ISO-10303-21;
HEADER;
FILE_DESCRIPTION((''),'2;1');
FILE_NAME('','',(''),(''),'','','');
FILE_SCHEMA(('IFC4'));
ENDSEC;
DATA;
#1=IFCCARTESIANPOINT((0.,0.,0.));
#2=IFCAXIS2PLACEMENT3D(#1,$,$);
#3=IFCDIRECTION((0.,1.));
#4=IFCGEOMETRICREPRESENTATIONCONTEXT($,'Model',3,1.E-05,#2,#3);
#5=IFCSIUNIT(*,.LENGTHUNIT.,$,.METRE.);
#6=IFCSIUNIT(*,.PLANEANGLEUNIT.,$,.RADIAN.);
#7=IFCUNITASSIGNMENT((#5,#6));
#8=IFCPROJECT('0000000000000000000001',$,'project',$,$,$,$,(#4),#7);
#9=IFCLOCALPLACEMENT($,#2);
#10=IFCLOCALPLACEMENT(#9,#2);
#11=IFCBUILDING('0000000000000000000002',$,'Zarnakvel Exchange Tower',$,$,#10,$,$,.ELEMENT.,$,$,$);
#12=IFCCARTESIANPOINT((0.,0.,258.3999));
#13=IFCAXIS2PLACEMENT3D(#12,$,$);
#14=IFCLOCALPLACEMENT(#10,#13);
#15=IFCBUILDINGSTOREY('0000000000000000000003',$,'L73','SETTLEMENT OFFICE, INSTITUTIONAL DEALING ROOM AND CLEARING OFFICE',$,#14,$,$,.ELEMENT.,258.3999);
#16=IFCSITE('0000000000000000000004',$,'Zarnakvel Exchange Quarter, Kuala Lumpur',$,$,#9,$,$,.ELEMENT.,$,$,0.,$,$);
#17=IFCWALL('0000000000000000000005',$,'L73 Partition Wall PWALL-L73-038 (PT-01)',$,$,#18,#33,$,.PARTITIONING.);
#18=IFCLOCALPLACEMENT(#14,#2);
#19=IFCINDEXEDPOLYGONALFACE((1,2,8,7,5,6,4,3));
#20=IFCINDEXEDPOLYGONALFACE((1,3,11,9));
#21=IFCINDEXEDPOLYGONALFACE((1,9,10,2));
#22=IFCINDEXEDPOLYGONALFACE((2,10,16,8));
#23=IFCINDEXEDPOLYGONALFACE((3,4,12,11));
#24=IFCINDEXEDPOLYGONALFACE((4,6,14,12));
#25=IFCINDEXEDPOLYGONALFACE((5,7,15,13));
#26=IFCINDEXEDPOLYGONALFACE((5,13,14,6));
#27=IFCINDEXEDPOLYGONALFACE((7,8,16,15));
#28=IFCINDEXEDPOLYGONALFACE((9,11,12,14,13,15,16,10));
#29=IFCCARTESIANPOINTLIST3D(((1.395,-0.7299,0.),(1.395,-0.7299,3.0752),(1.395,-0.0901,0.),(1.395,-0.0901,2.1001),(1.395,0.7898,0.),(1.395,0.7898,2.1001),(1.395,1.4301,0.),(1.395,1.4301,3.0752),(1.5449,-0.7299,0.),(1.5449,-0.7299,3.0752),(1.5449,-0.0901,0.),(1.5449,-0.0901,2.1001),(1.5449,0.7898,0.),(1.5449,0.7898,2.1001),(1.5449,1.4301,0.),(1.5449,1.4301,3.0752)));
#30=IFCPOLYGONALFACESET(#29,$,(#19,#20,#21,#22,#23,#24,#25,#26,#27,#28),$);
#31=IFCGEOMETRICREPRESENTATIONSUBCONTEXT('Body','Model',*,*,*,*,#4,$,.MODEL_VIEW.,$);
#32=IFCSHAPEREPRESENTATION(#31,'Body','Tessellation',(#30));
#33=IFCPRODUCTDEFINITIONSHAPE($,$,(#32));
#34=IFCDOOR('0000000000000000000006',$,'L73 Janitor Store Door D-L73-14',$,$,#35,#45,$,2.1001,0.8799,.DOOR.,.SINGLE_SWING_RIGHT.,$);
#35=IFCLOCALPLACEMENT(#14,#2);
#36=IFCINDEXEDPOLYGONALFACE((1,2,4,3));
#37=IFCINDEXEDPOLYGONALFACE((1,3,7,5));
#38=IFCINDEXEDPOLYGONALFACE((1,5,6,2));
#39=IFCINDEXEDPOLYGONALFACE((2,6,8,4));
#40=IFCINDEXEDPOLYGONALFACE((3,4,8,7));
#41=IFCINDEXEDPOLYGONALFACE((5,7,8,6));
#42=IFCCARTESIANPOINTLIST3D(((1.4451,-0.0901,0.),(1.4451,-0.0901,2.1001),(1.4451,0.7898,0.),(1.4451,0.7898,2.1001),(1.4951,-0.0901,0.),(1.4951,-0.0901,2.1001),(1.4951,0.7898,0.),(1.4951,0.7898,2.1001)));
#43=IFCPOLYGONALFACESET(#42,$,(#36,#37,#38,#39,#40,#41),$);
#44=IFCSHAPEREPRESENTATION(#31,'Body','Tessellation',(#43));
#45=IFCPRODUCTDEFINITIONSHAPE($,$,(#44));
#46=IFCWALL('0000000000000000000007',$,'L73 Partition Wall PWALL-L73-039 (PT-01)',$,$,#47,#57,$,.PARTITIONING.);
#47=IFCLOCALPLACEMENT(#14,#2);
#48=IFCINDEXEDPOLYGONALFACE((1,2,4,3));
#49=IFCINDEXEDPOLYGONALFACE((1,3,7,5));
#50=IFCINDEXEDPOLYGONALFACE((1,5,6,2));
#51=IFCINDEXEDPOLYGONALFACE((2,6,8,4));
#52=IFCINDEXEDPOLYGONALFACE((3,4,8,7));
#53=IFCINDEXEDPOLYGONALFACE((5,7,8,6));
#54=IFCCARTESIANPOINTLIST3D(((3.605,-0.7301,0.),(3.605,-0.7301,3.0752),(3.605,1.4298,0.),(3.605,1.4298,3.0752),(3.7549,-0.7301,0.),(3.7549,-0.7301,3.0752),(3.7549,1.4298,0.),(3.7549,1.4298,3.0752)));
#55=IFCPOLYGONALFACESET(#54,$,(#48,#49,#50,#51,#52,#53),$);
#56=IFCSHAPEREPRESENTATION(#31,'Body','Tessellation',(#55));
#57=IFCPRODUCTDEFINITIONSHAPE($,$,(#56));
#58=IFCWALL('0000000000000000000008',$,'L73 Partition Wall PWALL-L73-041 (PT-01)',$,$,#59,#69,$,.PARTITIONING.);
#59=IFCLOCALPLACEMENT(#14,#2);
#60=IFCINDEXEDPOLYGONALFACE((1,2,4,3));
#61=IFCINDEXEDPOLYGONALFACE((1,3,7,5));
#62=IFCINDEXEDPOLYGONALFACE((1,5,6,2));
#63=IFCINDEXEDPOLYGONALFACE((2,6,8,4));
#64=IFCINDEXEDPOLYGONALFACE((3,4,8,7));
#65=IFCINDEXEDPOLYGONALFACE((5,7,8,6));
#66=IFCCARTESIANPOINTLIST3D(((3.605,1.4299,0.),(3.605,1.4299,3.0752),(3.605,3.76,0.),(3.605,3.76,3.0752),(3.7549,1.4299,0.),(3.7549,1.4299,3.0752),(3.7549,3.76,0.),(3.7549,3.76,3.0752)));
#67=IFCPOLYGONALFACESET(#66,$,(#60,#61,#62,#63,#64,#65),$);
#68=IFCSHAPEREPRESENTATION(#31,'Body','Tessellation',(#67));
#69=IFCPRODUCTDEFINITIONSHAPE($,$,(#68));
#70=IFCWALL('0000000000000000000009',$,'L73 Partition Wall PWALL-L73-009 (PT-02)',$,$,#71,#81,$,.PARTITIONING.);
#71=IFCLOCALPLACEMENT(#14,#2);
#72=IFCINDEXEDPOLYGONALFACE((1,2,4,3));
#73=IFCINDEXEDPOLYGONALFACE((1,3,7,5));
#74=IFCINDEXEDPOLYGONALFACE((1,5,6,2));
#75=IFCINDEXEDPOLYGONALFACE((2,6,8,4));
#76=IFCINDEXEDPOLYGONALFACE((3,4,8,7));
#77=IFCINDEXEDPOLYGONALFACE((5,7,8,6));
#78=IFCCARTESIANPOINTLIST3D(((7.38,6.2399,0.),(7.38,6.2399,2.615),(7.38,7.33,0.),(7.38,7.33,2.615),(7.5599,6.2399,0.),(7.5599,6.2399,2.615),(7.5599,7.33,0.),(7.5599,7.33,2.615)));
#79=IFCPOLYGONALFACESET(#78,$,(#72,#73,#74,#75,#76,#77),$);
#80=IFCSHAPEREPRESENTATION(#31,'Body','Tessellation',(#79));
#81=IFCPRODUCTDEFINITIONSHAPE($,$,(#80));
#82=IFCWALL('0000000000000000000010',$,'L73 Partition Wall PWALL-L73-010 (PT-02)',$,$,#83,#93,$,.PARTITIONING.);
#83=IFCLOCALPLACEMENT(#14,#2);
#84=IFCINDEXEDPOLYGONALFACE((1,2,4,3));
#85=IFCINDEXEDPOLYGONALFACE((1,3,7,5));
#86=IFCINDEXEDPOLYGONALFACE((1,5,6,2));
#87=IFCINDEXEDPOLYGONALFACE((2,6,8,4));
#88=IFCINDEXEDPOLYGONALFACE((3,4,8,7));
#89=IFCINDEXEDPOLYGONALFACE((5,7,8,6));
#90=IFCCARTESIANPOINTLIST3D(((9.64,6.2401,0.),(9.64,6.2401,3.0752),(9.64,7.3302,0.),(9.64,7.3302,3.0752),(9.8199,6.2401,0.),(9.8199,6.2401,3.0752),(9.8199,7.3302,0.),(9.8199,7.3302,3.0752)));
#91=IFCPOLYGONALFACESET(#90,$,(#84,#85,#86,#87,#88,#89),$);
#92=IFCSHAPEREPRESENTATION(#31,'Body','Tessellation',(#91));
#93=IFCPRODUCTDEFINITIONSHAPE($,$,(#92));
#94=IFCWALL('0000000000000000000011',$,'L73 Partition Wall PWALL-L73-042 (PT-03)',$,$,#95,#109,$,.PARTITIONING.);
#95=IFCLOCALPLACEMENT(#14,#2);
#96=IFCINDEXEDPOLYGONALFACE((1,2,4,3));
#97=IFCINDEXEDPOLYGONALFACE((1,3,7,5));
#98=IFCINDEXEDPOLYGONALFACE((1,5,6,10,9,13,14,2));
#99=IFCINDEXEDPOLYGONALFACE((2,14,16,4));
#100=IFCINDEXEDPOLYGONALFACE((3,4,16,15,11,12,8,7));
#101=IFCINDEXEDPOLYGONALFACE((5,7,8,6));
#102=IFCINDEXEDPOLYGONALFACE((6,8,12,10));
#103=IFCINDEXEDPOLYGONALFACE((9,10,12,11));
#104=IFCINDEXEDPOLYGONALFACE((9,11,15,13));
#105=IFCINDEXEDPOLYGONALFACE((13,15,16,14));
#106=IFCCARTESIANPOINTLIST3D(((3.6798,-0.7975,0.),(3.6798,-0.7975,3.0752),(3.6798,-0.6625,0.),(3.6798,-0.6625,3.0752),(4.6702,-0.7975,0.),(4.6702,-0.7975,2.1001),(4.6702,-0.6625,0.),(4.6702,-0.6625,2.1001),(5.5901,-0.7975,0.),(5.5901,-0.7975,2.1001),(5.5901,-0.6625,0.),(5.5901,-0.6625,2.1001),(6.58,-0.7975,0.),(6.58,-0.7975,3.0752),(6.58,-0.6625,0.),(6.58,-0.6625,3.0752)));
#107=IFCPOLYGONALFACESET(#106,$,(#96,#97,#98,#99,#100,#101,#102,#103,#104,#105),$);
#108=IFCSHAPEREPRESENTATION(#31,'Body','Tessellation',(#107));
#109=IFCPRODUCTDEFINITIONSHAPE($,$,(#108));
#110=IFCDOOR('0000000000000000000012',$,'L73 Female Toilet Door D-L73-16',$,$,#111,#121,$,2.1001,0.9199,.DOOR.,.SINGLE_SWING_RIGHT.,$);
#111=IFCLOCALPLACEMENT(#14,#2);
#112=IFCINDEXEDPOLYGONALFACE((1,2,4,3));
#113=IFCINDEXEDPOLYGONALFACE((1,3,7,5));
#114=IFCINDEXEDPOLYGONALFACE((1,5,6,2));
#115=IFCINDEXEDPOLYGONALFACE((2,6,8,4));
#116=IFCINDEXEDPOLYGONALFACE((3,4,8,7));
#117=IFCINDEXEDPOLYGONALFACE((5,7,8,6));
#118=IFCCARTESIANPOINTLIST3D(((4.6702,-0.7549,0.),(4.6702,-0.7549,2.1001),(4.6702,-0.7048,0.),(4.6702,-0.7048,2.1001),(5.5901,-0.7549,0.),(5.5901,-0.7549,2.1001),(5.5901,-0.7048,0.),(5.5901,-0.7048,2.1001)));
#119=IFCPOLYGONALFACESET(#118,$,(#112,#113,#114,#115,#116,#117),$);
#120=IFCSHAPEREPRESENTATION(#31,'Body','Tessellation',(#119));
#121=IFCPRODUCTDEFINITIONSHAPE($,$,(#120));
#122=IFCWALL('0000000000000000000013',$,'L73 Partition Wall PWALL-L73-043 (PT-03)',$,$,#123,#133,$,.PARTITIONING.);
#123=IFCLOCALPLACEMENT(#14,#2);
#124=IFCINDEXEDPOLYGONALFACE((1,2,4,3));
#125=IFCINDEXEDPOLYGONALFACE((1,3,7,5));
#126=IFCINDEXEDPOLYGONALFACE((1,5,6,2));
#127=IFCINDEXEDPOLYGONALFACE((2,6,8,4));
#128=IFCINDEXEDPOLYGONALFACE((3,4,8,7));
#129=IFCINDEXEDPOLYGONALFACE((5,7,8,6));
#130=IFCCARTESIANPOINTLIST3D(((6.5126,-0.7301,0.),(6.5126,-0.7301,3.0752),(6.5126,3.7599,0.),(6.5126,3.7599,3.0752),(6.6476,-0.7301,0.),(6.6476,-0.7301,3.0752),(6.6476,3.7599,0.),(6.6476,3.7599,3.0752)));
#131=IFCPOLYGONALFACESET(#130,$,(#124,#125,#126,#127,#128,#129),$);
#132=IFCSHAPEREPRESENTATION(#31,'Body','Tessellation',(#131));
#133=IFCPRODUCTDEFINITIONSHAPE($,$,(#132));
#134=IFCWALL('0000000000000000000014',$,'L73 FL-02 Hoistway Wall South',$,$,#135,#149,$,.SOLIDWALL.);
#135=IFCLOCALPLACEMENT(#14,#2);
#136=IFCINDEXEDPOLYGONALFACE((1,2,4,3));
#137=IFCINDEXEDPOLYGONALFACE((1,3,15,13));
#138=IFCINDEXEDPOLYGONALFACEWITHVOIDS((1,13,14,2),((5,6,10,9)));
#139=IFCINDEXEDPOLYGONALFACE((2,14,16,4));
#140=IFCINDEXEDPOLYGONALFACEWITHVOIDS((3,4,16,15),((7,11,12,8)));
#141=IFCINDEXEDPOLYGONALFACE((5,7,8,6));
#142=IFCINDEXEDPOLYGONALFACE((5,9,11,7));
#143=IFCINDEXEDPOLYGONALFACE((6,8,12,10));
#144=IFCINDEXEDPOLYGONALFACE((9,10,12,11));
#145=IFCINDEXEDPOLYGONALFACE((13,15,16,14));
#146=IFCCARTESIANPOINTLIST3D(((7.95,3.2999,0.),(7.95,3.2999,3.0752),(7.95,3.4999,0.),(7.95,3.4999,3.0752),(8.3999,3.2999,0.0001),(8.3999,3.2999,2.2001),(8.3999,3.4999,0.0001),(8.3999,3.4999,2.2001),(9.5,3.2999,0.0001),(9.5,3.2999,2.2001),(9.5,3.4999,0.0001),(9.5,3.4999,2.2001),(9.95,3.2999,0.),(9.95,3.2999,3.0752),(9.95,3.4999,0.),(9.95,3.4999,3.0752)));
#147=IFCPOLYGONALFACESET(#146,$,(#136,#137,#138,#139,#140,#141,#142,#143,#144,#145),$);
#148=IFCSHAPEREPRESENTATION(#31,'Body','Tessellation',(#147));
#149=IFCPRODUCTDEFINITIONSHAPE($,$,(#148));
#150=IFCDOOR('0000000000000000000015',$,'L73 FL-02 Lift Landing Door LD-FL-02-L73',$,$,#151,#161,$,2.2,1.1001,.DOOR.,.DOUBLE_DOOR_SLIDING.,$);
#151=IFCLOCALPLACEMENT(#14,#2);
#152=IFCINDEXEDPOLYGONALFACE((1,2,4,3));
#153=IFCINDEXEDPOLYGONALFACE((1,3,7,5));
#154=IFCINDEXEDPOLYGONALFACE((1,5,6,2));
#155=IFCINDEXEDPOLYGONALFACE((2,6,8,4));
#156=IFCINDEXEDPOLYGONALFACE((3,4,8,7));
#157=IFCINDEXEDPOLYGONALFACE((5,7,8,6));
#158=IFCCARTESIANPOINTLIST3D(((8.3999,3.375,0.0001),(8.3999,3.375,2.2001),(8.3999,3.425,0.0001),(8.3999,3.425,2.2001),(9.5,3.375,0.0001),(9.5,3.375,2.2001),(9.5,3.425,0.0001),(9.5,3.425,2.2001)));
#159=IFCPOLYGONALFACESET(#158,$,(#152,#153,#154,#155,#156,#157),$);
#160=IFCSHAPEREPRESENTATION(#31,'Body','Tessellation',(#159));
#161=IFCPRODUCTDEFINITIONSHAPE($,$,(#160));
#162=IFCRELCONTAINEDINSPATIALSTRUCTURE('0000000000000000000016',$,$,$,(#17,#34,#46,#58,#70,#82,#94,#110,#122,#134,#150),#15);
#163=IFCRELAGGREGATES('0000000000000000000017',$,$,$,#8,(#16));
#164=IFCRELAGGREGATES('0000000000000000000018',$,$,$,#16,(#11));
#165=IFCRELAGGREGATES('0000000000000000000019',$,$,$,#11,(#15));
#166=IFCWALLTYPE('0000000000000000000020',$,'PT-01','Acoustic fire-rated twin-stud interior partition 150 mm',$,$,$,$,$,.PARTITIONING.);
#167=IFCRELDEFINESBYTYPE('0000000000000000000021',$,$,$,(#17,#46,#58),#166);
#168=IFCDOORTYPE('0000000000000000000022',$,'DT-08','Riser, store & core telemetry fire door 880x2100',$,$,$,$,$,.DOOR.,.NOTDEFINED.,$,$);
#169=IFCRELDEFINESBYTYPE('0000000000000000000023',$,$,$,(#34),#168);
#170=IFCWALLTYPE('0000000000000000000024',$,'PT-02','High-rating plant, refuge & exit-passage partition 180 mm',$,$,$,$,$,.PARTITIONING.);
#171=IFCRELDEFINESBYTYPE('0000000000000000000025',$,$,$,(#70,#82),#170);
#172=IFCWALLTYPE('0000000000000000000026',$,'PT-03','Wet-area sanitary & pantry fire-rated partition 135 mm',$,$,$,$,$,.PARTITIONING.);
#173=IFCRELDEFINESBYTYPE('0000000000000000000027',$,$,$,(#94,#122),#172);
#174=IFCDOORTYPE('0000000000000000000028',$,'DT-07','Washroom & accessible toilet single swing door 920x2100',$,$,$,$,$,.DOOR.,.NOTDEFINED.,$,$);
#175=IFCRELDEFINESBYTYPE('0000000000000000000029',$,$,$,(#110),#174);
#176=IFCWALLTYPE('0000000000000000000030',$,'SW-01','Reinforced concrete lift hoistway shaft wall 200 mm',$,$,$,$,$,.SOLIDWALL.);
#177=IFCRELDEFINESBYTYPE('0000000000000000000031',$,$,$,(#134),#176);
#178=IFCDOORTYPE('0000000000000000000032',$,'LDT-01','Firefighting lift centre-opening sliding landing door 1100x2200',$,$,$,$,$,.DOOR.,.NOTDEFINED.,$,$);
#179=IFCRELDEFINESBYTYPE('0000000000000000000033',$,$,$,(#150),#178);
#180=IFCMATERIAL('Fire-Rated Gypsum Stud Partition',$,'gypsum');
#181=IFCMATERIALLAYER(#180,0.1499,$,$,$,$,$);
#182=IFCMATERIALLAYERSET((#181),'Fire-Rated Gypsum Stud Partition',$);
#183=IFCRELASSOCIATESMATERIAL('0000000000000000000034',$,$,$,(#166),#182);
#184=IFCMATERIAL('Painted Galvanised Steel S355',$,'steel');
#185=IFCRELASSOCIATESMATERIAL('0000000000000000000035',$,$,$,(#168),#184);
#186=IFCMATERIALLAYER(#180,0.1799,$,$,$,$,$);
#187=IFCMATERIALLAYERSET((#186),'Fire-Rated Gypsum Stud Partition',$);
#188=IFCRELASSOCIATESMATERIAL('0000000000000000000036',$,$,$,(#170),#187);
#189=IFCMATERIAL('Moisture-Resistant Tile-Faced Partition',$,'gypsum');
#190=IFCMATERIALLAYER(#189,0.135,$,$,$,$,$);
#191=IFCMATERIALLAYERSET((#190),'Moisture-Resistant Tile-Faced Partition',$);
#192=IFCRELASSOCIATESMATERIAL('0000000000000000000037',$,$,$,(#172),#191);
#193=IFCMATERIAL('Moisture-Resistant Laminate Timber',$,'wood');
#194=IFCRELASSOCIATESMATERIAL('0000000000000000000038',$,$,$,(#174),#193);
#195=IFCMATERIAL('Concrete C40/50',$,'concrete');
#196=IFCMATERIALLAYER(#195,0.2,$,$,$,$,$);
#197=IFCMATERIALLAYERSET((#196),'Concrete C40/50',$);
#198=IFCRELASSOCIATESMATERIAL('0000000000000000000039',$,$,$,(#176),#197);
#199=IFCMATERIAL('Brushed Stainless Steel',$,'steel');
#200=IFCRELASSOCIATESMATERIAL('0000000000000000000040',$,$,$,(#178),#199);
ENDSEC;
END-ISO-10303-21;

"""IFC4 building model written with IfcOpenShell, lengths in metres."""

from ifc_helpers import new_model, si_unit, direction, frame, frame_2d, origin, place, context, subcontext, project, spatial, rectangle, extrude, source, transform, mapped, material, layer, layer_set, type_object, element, fill, save


model = new_model("IFC4")

# Units and contexts
model_context = context("Model", 3, precision=1e-05, world=origin(), true_north=direction((0.0, 1.0)))
body_context = subcontext(model_context, "Body", "Model", "MODEL_VIEW")
ifc_project = project(units=[si_unit("LENGTHUNIT", "METRE"), si_unit("PLANEANGLEUNIT", "RADIAN")], contexts=[model_context])

# Site, building, storey
site_placement = place(None, origin())
site = spatial("IfcSite", under=ifc_project, at=site_placement, Name="Zarnakvel Exchange Quarter, Kuala Lumpur", CompositionType="ELEMENT", RefElevation=0.0)
building_placement = place(site_placement, origin())
building = spatial("IfcBuilding", under=site, at=building_placement, Name="Zarnakvel Exchange Tower", CompositionType="ELEMENT")
storey_placement = place(building_placement, frame((0.0, 0.0, 258.3999)))
storey = spatial("IfcBuildingStorey", under=building, at=storey_placement, Name="L73", Description="SETTLEMENT OFFICE, INSTITUTIONAL DEALING ROOM AND CLEARING OFFICE", CompositionType="ELEMENT", Elevation=258.3999)

# Shared definitions
ifc_material_1 = material(Name="Concrete C40/50", Category="concrete")

# Shared definitions
ifc_material_2 = material(Name="Fire-Rated Gypsum Stud Partition", Category="gypsum")
ifc_layer_1 = layer(ifc_material_2, 0.1499)
ifc_layer_set_1 = layer_set([ifc_layer_1], Name="Fire-Rated Gypsum Stud Partition")
wall_type_1 = type_object("IfcWallType", Name="PT-01", Description="Acoustic fire-rated twin-stud interior partition 150 mm", PredefinedType="PARTITIONING", material=ifc_layer_set_1)

# Wall, opening, door
wall_1_placement = place(storey_placement, frame((1.47, -0.73, 0.0), z_axis=(0.0, 0.0, 1.0), x_axis=(0.0, 1.0, 0.0)))
wall_1 = element("IfcWall", 1, at=wall_1_placement, inside=storey, type_object=wall_type_1, Name="L73 Partition Wall PWALL-L73-038 (PT-01)", PredefinedType="PARTITIONING", context=body_context, shape_type="SweptSolid", body=[
    extrude(rectangle(XDim=2.1599, YDim=0.1499, at=frame_2d((1.0801, 0.0))), origin(), (0.0, 0.0, 1.0), 3.0752),
])
opening_1_placement = place(wall_1_placement, frame((0.6399, 0.0, 0.0)))
opening_1 = element("IfcOpeningElement", 2, at=opening_1_placement, cuts=wall_1, PredefinedType="OPENING", context=body_context, shape_type="SweptSolid", body=[
    extrude(rectangle(XDim=0.8799, YDim=2.1001, at=frame_2d((0.4399, 1.05))), frame((0.0, 0.085, 0.0), z_axis=(0.0, -1.0, 0.0), x_axis=(1.0, 0.0, 0.0)), (0.0, 0.0, 1.0), 0.1699),
])
ifc_material_3 = material(Name="Painted Galvanised Steel S355", Category="steel")
door_type_1 = type_object("IfcDoorType", Name="DT-08", Description="Riser, store & core telemetry fire door 880x2100", OperationType="NOTDEFINED", PredefinedType="DOOR", material=ifc_material_3)
shared_shape_1 = source(origin(), body_context, "Body", "SweptSolid", [
    extrude(rectangle(XDim=0.8799, YDim=2.1001, at=frame_2d((0.4399, 1.05))), frame((0.0, 0.0249, 0.0), z_axis=(0.0, -1.0, 0.0), x_axis=(1.0, 0.0, 0.0)), (0.0, 0.0, 1.0), 0.05),
])
door_1_placement = place(opening_1_placement, origin())
door_1 = element("IfcDoor", 3, at=door_1_placement, inside=storey, type_object=door_type_1, Name="L73 Janitor Store Door D-L73-14", OperationType="SINGLE_SWING_RIGHT", OverallHeight=2.1001, OverallWidth=0.8799, PredefinedType="DOOR", context=body_context, shape_type="MappedRepresentation", body=[
    mapped(shared_shape_1, transform((0.0, 0.0, 0.0), x_axis=(1.0, 0.0, 0.0), y_axis=(0.0, 1.0, 0.0), z_axis=(0.0, 0.0, 1.0), scale=1.0)),
])
fill(opening_1, door_1)

# Wall
wall_2_placement = place(storey_placement, frame((3.6799, 1.4299, 0.0), z_axis=(0.0, 0.0, 1.0), x_axis=(0.0, -1.0, 0.0)))
element("IfcWall", 4, at=wall_2_placement, inside=storey, type_object=wall_type_1, Name="L73 Partition Wall PWALL-L73-039 (PT-01)", PredefinedType="PARTITIONING", context=body_context, shape_type="SweptSolid", body=[
    extrude(rectangle(XDim=2.1599, YDim=0.1499, at=frame_2d((1.0801, 0.0))), origin(), (0.0, 0.0, 1.0), 3.0752),
])

# Walls
wall_3_placement = place(storey_placement, frame((3.6799, 3.76, 0.0), z_axis=(0.0, 0.0, 1.0), x_axis=(0.0, -1.0, 0.0)))
element("IfcWall", 5, at=wall_3_placement, inside=storey, type_object=wall_type_1, Name="L73 Partition Wall PWALL-L73-041 (PT-01)", PredefinedType="PARTITIONING", context=body_context, shape_type="SweptSolid", body=[
    extrude(rectangle(XDim=2.3301, YDim=0.1499, at=frame_2d((1.165, 0.0))), origin(), (0.0, 0.0, 1.0), 3.0752),
])
ifc_layer_2 = layer(ifc_material_2, 0.1799)
ifc_layer_set_2 = layer_set([ifc_layer_2], Name="Fire-Rated Gypsum Stud Partition")
wall_type_2 = type_object("IfcWallType", Name="PT-02", Description="High-rating plant, refuge & exit-passage partition 180 mm", PredefinedType="PARTITIONING", material=ifc_layer_set_2)
wall_4_placement = place(storey_placement, frame((7.47, 6.24, 0.0), z_axis=(0.0, 0.0, 1.0), x_axis=(0.0, 1.0, 0.0)))
element("IfcWall", 6, at=wall_4_placement, inside=storey, type_object=wall_type_2, Name="L73 Partition Wall PWALL-L73-009 (PT-02)", PredefinedType="PARTITIONING", context=body_context, shape_type="SweptSolid", body=[
    extrude(rectangle(XDim=1.0901, YDim=0.1799, at=frame_2d((0.5449, 0.0))), origin(), (0.0, 0.0, 1.0), 2.615),
])
wall_5_placement = place(storey_placement, frame((9.73, 7.3301, 0.0), z_axis=(0.0, 0.0, 1.0), x_axis=(0.0, -1.0, 0.0)))
element("IfcWall", 7, at=wall_5_placement, inside=storey, type_object=wall_type_2, Name="L73 Partition Wall PWALL-L73-010 (PT-02)", PredefinedType="PARTITIONING", context=body_context, shape_type="SweptSolid", body=[
    extrude(rectangle(XDim=1.0901, YDim=0.1799, at=frame_2d((0.5449, 0.0))), origin(), (0.0, 0.0, 1.0), 3.0752),
])

# Wall, opening, door
ifc_material_4 = material(Name="Moisture-Resistant Tile-Faced Partition", Category="gypsum")
ifc_layer_3 = layer(ifc_material_4, 0.135)
ifc_layer_set_3 = layer_set([ifc_layer_3], Name="Moisture-Resistant Tile-Faced Partition")
wall_type_3 = type_object("IfcWallType", Name="PT-03", Description="Wet-area sanitary & pantry fire-rated partition 135 mm", PredefinedType="PARTITIONING", material=ifc_layer_set_3)
wall_6_placement = place(storey_placement, frame((6.5801, -0.73, 0.0), z_axis=(0.0, 0.0, 1.0), x_axis=(-1.0, 0.0, 0.0)))
wall_6 = element("IfcWall", 8, at=wall_6_placement, inside=storey, type_object=wall_type_3, Name="L73 Partition Wall PWALL-L73-042 (PT-03)", PredefinedType="PARTITIONING", context=body_context, shape_type="SweptSolid", body=[
    extrude(rectangle(XDim=2.9001, YDim=0.135, at=frame_2d((1.4502, 0.0))), origin(), (0.0, 0.0, 1.0), 3.0752),
])
opening_2_placement = place(wall_6_placement, frame((0.99, 0.0, 0.0)))
opening_2 = element("IfcOpeningElement", 9, at=opening_2_placement, cuts=wall_6, PredefinedType="OPENING", context=body_context, shape_type="SweptSolid", body=[
    extrude(rectangle(XDim=0.9199, YDim=2.1001, at=frame_2d((0.46, 1.05))), frame((0.0, 0.0774, 0.0), z_axis=(0.0, -1.0, 0.0), x_axis=(1.0, 0.0, 0.0)), (0.0, 0.0, 1.0), 0.155),
])
ifc_material_5 = material(Name="Moisture-Resistant Laminate Timber", Category="wood")
door_type_2 = type_object("IfcDoorType", Name="DT-07", Description="Washroom & accessible toilet single swing door 920x2100", OperationType="NOTDEFINED", PredefinedType="DOOR", material=ifc_material_5)
shared_shape_2 = source(origin(), body_context, "Body", "SweptSolid", [
    extrude(rectangle(XDim=0.9199, YDim=2.1001, at=frame_2d((0.46, 1.05))), frame((0.0, 0.0249, 0.0), z_axis=(0.0, -1.0, 0.0), x_axis=(1.0, 0.0, 0.0)), (0.0, 0.0, 1.0), 0.05),
])
door_2_placement = place(opening_2_placement, origin())
door_2 = element("IfcDoor", 10, at=door_2_placement, inside=storey, type_object=door_type_2, Name="L73 Female Toilet Door D-L73-16", OperationType="SINGLE_SWING_RIGHT", OverallHeight=2.1001, OverallWidth=0.9199, PredefinedType="DOOR", context=body_context, shape_type="MappedRepresentation", body=[
    mapped(shared_shape_2, transform((0.0, 0.0, 0.0), x_axis=(1.0, 0.0, 0.0), y_axis=(0.0, 1.0, 0.0), z_axis=(0.0, 0.0, 1.0), scale=1.0)),
])
fill(opening_2, door_2)

# Wall
wall_7_placement = place(storey_placement, frame((6.5801, 3.76, 0.0), z_axis=(0.0, 0.0, 1.0), x_axis=(0.0, -1.0, 0.0)))
element("IfcWall", 11, at=wall_7_placement, inside=storey, type_object=wall_type_3, Name="L73 Partition Wall PWALL-L73-043 (PT-03)", PredefinedType="PARTITIONING", context=body_context, shape_type="SweptSolid", body=[
    extrude(rectangle(XDim=4.49, YDim=0.135, at=frame_2d((2.2451, 0.0))), origin(), (0.0, 0.0, 1.0), 3.0752),
])

# Wall, opening, door
ifc_layer_4 = layer(ifc_material_1, 0.2)
ifc_layer_set_4 = layer_set([ifc_layer_4], Name="Concrete C40/50")
wall_type_4 = type_object("IfcWallType", Name="SW-01", Description="Reinforced concrete lift hoistway shaft wall 200 mm", PredefinedType="SOLIDWALL", material=ifc_layer_set_4)
wall_8_placement = place(storey_placement, frame((9.95, 3.3999, 0.0), z_axis=(0.0, 0.0, 1.0), x_axis=(-1.0, 0.0, 0.0)))
wall_8 = element("IfcWall", 12, at=wall_8_placement, inside=storey, type_object=wall_type_4, Name="L73 FL-02 Hoistway Wall South", PredefinedType="SOLIDWALL", context=body_context, shape_type="SweptSolid", body=[
    extrude(rectangle(XDim=2.0, YDim=0.2, at=frame_2d((1.0, 0.0))), origin(), (0.0, 0.0, 1.0), 3.0752),
])
opening_3_placement = place(wall_8_placement, frame((0.45, 0.0, 0.0)))
opening_3 = element("IfcOpeningElement", 13, at=opening_3_placement, cuts=wall_8, PredefinedType="OPENING", context=body_context, shape_type="SweptSolid", body=[
    extrude(rectangle(XDim=1.1001, YDim=2.2, at=frame_2d((0.55, 1.1001))), frame((0.0, 0.1099, 0.0), z_axis=(0.0, -1.0, 0.0), x_axis=(1.0, 0.0, 0.0)), (0.0, 0.0, 1.0), 0.22),
])
ifc_material_6 = material(Name="Brushed Stainless Steel", Category="steel")
door_type_3 = type_object("IfcDoorType", Name="LDT-01", Description="Firefighting lift centre-opening sliding landing door 1100x2200", OperationType="NOTDEFINED", PredefinedType="DOOR", material=ifc_material_6)
shared_shape_3 = source(origin(), body_context, "Body", "SweptSolid", [
    extrude(rectangle(XDim=1.1001, YDim=2.2, at=frame_2d((0.55, 1.1001))), frame((0.0, 0.0249, 0.0), z_axis=(0.0, -1.0, 0.0), x_axis=(1.0, 0.0, 0.0)), (0.0, 0.0, 1.0), 0.05),
])
door_3_placement = place(opening_3_placement, origin())
door_3 = element("IfcDoor", 14, at=door_3_placement, inside=storey, type_object=door_type_3, Name="L73 FL-02 Lift Landing Door LD-FL-02-L73", OperationType="DOUBLE_DOOR_SLIDING", OverallHeight=2.2, OverallWidth=1.1001, PredefinedType="DOOR", context=body_context, shape_type="MappedRepresentation", body=[
    mapped(shared_shape_3, transform((0.0, 0.0, 0.0), x_axis=(1.0, 0.0, 0.0), y_axis=(0.0, 1.0, 0.0), z_axis=(0.0, 0.0, 1.0), scale=1.0)),
])
fill(opening_3, door_3)

save(model, "model.ifc")
